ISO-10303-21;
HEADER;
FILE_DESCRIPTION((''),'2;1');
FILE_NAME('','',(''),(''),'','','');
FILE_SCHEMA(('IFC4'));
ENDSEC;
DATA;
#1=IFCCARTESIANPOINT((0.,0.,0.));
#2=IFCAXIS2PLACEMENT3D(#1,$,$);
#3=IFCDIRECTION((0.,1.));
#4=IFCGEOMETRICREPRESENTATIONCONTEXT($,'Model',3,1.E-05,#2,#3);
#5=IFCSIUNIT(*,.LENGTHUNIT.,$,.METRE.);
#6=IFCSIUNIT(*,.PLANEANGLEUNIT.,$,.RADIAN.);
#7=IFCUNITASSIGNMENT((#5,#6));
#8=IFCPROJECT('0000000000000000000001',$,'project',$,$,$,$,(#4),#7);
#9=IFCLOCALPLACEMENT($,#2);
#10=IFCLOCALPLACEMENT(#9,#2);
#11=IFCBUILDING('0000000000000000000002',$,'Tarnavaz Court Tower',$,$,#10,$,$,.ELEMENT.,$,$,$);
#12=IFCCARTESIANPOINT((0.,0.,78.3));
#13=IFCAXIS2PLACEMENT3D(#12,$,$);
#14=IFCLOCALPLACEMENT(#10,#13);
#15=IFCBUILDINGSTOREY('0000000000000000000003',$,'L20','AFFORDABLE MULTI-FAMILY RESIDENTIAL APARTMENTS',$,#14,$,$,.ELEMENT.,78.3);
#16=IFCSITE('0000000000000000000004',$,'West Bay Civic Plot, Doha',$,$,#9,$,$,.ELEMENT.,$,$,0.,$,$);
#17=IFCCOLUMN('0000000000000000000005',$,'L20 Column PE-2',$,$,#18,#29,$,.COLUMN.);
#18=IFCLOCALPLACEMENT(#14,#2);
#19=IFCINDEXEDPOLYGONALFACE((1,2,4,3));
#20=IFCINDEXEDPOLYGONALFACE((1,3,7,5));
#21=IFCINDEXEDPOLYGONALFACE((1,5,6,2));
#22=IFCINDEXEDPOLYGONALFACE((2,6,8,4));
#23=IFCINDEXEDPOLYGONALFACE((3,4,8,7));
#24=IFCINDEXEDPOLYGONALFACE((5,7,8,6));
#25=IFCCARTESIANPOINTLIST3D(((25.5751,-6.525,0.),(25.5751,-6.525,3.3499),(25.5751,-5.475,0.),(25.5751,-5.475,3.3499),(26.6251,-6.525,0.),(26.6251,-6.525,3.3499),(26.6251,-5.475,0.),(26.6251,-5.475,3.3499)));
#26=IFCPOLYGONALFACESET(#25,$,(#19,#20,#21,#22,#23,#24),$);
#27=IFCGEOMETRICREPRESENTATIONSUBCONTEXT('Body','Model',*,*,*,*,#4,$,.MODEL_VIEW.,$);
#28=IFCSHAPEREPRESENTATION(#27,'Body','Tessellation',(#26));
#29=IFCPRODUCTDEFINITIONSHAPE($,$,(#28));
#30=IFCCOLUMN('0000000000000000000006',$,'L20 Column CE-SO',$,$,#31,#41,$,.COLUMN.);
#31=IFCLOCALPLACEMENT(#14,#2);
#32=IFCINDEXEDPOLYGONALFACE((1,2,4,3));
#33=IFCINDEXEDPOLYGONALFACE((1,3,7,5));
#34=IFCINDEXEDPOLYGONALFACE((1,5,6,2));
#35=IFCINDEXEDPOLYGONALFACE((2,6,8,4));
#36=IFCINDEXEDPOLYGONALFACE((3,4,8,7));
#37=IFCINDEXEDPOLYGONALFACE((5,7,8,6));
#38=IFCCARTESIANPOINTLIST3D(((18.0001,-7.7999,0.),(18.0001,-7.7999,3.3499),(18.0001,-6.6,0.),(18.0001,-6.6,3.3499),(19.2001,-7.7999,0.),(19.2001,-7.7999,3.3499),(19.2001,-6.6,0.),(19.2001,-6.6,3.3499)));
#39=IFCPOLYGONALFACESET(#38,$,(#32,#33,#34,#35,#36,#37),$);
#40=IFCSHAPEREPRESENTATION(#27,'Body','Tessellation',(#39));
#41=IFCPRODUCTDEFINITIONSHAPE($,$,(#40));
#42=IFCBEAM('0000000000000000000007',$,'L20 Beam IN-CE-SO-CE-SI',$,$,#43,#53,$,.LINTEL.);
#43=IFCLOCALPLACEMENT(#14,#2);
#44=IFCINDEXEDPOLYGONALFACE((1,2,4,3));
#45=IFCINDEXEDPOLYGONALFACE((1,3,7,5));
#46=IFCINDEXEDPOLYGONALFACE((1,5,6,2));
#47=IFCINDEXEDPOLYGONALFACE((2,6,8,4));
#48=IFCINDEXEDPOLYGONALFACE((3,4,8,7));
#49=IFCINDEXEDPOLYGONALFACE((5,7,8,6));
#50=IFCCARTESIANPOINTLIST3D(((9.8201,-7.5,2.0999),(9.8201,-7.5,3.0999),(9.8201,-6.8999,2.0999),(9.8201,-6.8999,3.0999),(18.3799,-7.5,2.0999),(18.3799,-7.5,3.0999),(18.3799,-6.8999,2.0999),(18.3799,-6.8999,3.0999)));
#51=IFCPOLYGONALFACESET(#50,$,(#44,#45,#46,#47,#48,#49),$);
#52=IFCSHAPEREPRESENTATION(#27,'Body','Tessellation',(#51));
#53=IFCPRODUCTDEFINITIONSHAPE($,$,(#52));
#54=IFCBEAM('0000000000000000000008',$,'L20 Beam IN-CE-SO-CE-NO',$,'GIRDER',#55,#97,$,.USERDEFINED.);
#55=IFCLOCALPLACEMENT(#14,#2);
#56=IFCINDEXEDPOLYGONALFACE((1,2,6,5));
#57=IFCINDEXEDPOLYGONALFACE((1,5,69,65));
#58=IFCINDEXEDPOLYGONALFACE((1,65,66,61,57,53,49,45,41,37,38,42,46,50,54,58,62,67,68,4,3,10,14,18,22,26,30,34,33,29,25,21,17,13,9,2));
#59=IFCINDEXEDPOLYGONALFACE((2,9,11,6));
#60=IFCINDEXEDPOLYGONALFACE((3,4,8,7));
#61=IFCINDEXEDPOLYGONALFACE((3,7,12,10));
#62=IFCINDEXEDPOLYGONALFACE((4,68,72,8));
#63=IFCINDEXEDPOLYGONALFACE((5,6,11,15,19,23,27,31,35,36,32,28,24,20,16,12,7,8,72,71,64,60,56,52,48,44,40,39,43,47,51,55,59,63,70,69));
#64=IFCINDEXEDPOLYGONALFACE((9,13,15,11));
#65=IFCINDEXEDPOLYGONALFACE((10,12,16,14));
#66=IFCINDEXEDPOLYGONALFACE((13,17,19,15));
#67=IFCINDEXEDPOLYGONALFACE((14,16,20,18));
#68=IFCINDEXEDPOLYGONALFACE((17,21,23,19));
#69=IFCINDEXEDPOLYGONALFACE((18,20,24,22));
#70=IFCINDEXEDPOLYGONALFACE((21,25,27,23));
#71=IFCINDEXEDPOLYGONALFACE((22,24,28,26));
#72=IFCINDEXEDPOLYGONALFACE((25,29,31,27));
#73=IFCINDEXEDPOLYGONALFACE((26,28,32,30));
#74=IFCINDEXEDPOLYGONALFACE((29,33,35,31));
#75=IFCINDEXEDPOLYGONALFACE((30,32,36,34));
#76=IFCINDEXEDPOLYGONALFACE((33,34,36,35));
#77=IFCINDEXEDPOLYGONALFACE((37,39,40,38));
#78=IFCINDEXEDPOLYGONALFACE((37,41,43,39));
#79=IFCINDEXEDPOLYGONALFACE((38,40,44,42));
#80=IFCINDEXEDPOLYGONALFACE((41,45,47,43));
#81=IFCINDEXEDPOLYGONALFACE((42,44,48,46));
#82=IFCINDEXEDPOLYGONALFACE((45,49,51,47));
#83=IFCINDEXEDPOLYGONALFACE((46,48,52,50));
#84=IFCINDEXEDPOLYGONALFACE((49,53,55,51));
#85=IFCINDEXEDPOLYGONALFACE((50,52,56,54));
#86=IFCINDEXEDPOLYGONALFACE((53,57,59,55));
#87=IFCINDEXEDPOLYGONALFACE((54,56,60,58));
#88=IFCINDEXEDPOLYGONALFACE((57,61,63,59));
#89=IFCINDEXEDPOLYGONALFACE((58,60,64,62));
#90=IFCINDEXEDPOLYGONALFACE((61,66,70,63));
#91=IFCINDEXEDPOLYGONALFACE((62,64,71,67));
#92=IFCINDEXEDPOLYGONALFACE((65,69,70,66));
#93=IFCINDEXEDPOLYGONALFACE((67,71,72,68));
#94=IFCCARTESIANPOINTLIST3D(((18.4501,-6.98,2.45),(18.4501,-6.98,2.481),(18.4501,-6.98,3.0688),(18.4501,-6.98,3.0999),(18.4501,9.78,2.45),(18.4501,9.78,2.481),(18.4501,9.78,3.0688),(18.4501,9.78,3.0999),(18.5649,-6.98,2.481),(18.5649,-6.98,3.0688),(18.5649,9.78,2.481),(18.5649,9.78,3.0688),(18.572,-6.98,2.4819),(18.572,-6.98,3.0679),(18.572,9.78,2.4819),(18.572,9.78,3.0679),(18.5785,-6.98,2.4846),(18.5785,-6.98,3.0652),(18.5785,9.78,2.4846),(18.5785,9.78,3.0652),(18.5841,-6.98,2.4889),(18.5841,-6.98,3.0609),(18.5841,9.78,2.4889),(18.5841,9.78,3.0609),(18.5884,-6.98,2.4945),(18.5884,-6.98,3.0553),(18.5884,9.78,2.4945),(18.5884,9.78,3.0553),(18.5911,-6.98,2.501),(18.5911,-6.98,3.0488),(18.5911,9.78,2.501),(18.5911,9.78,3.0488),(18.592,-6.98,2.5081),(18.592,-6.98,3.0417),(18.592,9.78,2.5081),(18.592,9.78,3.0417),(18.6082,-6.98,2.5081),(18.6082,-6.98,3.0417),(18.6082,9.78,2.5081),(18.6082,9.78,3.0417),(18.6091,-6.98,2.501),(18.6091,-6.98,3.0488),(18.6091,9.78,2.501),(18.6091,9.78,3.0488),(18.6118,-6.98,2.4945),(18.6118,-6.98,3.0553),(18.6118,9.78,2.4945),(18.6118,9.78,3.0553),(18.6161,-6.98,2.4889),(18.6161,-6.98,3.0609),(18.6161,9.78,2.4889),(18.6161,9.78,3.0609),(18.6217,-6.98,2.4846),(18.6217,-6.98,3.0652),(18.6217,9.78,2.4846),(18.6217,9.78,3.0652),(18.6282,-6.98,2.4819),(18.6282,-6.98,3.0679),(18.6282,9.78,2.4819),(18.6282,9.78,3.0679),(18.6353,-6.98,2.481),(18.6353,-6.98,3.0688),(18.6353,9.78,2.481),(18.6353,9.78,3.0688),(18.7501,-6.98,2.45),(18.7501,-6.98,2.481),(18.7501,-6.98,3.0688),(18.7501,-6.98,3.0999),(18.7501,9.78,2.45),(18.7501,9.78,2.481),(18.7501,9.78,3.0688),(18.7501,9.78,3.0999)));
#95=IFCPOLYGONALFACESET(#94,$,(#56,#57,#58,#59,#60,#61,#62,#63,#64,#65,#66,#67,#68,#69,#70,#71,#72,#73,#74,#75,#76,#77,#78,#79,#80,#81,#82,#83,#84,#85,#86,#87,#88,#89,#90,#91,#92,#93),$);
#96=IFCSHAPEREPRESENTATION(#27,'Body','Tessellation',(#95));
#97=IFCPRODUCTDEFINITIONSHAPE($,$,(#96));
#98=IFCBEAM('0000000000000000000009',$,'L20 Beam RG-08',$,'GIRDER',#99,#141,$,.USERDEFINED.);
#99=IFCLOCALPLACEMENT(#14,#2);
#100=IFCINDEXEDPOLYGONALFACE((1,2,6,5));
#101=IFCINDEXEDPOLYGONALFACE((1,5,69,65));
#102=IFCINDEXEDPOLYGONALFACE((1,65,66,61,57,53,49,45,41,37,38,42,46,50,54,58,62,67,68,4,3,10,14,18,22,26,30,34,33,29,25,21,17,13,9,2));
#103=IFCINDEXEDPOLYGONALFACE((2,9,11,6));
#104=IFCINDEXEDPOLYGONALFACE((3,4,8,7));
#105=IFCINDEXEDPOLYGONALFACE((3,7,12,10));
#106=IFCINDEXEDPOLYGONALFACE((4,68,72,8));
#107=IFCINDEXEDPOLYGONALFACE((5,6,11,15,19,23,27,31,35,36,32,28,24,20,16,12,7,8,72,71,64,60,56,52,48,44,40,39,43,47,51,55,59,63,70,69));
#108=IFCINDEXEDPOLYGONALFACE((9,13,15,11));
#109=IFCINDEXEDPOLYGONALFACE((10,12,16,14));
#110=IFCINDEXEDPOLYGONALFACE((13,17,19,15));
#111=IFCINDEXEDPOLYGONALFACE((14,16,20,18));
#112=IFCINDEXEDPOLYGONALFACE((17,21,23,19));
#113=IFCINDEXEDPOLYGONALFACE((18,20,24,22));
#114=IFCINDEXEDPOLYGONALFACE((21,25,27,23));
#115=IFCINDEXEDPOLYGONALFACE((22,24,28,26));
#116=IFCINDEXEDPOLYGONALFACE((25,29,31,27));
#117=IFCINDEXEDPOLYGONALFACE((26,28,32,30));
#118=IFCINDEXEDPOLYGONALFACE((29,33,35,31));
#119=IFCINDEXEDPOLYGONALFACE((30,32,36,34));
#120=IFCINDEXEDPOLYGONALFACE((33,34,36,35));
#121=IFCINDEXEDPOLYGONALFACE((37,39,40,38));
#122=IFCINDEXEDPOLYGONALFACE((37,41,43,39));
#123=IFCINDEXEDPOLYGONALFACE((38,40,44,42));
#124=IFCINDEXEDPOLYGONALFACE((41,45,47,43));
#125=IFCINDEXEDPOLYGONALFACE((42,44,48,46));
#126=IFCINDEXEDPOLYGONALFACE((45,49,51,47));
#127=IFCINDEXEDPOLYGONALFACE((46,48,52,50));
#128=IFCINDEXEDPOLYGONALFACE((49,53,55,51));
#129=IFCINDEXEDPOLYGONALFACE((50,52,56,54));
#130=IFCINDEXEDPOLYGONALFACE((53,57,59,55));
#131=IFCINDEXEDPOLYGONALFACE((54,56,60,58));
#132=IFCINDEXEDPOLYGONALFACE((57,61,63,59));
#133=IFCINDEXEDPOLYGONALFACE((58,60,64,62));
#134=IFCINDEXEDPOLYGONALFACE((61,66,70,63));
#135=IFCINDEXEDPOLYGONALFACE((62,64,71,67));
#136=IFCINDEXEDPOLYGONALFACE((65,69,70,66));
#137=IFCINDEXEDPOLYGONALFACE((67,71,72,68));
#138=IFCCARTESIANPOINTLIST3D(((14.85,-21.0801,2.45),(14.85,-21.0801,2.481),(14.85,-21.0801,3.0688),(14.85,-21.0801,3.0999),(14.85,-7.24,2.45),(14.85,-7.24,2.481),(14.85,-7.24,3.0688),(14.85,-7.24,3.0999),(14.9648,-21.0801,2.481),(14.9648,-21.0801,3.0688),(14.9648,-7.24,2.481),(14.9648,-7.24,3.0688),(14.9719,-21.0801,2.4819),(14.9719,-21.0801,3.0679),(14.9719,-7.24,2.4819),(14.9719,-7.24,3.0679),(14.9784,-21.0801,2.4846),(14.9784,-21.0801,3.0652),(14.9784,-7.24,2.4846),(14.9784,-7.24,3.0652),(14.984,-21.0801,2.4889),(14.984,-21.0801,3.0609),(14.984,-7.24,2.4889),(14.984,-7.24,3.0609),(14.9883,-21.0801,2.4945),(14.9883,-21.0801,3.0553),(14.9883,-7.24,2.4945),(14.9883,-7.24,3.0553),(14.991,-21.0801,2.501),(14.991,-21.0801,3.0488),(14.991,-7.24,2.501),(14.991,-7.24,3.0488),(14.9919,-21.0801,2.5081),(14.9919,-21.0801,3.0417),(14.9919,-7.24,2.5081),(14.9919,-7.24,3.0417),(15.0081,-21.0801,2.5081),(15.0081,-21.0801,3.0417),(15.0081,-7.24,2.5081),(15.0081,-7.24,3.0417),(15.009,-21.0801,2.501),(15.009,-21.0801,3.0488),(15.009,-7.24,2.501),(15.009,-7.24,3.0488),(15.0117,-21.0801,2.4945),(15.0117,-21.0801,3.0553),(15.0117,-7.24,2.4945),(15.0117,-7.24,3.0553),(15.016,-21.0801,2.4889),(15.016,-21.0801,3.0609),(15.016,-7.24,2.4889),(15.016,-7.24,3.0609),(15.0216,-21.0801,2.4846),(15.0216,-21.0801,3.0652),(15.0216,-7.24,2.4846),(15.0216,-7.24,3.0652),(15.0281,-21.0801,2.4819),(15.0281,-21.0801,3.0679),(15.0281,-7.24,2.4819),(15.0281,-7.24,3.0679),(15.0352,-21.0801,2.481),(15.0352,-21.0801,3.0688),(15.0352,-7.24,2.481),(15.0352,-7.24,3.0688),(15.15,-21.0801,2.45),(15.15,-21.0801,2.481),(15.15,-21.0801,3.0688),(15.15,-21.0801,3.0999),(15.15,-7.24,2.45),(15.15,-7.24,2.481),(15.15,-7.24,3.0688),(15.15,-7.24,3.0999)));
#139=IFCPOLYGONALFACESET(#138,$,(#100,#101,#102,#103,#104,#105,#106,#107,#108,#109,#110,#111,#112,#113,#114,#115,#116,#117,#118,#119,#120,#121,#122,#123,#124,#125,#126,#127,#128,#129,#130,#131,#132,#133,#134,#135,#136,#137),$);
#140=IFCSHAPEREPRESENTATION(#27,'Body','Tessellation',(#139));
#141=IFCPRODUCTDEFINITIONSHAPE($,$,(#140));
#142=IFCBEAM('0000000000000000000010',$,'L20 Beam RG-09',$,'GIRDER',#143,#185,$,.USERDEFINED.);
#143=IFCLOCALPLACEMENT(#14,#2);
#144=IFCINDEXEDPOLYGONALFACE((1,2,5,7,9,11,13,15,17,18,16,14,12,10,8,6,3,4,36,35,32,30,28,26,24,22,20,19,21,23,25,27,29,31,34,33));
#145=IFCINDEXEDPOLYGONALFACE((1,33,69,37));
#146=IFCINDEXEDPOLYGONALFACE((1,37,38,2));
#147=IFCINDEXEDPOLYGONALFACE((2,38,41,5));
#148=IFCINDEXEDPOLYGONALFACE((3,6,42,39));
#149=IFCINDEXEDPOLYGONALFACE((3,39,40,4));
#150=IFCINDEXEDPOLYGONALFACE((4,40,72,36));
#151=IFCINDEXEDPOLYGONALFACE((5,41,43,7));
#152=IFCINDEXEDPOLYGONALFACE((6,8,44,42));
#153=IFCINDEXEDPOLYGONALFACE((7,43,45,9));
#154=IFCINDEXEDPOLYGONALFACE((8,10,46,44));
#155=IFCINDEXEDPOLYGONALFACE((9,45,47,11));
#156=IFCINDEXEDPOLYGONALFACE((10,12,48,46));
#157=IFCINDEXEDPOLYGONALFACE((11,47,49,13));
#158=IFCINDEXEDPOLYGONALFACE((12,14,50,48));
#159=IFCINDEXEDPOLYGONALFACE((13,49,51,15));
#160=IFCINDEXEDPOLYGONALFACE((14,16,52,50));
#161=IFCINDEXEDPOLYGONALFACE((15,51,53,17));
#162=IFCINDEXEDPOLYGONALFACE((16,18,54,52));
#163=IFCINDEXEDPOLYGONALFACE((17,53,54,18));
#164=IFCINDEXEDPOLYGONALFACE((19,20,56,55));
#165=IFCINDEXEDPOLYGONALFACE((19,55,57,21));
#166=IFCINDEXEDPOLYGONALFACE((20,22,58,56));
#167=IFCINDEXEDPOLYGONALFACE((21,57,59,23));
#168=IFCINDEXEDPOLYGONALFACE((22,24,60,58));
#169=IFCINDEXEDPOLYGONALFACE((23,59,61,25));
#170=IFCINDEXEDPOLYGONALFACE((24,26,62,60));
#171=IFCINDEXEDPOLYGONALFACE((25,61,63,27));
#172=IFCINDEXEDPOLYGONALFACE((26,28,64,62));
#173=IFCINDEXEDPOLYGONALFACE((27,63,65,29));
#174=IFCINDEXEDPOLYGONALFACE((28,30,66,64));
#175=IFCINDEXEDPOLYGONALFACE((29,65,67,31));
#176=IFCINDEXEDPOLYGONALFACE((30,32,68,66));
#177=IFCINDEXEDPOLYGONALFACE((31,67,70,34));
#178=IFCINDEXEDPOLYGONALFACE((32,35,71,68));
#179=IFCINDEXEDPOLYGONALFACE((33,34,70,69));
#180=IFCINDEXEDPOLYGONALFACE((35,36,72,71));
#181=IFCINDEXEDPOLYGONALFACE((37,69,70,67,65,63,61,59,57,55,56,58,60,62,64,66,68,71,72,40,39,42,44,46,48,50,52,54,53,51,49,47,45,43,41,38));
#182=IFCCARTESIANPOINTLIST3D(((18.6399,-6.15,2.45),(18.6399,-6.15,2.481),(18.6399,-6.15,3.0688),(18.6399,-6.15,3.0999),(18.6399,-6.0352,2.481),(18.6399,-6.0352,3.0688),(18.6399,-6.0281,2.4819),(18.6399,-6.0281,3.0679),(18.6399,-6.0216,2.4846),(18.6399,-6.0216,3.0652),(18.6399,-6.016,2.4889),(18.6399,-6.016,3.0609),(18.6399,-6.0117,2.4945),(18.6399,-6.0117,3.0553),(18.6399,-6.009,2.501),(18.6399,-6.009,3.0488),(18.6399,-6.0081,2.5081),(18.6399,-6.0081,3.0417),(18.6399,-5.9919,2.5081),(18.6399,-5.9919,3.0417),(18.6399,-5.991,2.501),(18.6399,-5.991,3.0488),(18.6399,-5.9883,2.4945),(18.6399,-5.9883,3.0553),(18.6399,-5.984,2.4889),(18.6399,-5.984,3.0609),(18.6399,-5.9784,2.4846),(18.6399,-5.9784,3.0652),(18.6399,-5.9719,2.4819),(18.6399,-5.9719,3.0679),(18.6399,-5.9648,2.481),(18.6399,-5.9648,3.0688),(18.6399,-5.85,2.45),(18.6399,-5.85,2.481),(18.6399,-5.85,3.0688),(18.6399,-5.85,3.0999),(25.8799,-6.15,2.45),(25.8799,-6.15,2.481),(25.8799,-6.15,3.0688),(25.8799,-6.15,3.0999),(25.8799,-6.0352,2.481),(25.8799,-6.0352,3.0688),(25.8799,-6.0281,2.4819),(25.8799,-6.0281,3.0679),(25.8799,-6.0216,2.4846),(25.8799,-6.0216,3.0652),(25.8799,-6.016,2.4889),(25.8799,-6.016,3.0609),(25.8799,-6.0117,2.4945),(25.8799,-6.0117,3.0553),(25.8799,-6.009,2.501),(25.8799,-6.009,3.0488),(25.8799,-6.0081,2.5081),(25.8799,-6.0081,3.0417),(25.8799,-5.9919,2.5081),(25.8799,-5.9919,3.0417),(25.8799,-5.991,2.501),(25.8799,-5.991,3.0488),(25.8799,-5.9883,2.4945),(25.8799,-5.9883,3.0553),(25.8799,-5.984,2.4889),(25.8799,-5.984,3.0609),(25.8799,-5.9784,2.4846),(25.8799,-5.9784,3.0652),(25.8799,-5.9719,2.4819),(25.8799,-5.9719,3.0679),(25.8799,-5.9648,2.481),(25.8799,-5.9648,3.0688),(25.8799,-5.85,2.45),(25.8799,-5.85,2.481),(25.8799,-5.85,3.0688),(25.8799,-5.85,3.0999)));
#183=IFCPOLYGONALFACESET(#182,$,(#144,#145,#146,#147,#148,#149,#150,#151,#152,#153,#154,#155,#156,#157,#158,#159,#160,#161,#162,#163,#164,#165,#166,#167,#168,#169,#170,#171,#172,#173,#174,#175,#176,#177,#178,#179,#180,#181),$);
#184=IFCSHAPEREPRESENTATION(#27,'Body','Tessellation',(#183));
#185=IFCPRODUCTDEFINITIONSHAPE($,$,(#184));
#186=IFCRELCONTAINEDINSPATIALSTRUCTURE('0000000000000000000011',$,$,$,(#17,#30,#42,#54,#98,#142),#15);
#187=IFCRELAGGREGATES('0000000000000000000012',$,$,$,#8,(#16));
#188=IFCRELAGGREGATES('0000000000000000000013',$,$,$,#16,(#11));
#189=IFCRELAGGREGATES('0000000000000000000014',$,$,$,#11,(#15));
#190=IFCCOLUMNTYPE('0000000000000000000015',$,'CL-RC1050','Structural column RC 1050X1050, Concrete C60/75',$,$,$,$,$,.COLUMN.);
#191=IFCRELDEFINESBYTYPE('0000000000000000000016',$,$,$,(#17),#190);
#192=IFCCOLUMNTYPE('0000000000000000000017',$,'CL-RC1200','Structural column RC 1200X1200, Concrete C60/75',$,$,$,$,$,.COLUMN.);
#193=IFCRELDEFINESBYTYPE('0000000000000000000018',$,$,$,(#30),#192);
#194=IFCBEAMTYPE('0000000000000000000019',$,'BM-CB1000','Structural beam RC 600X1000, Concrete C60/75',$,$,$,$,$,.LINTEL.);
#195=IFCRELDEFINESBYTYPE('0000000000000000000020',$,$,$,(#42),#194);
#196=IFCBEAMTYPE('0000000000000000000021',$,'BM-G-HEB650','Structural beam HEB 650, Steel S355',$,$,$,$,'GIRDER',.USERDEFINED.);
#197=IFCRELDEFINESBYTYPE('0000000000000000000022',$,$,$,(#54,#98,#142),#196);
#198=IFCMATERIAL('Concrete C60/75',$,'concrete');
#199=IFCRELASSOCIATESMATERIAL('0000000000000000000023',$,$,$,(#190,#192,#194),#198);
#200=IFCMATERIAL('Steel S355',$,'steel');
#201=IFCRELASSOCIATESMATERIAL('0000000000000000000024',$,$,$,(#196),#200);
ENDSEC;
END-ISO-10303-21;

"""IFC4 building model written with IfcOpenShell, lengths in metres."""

from ifc_helpers import new_model, si_unit, direction, frame, origin, origin_2d, place, context, subcontext, project, spatial, rectangle, i_section, extrude, material, material_profile, profile_set, type_object, element, save


model = new_model("IFC4")

# Units and contexts
model_context = context("Model", 3, precision=1e-05, world=origin(), true_north=direction((0.0, 1.0)))
body_context = subcontext(model_context, "Body", "Model", "MODEL_VIEW")
ifc_project = project(units=[si_unit("LENGTHUNIT", "METRE"), si_unit("PLANEANGLEUNIT", "RADIAN")], contexts=[model_context])

# Site, building, storey
site_placement = place(None, origin())
site = spatial("IfcSite", under=ifc_project, at=site_placement, Name="West Bay Civic Plot, Doha", CompositionType="ELEMENT", RefElevation=0.0)
building_placement = place(site_placement, origin())
building = spatial("IfcBuilding", under=site, at=building_placement, Name="Tarnavaz Court Tower", CompositionType="ELEMENT")
storey_placement = place(building_placement, frame((0.0, 0.0, 78.3)))
storey = spatial("IfcBuildingStorey", under=building, at=storey_placement, Name="L20", Description="AFFORDABLE MULTI-FAMILY RESIDENTIAL APARTMENTS", CompositionType="ELEMENT", Elevation=78.3)

# Columns
ifc_material_1 = material(Name="Concrete C60/75", Category="concrete")
ifc_material_profile_1 = material_profile(ifc_material_1, rectangle(XDim=1.05, YDim=1.05, at=origin_2d()), Name="RC 1050X1050")
ifc_profile_set_1 = profile_set([ifc_material_profile_1], Name="Concrete C60/75")
column_type_1 = type_object("IfcColumnType", Name="CL-RC1050", Description="Structural column RC 1050X1050, Concrete C60/75", PredefinedType="COLUMN", material=ifc_profile_set_1)
column_1_placement = place(storey_placement, frame((26.1001, -6.0, 0.0), z_axis=(0.0, 0.0, 1.0), x_axis=(1.0, 0.0, 0.0)))
element("IfcColumn", 1, at=column_1_placement, inside=storey, type_object=column_type_1, Name="L20 Column PE-2", PredefinedType="COLUMN", context=body_context, shape_type="SweptSolid", body=[
    extrude(rectangle(XDim=1.05, YDim=1.05, at=origin_2d()), origin(), (0.0, 0.0, 1.0), 3.3499),
])
ifc_material_profile_2 = material_profile(ifc_material_1, rectangle(XDim=1.2, YDim=1.2, at=origin_2d()), Name="RC 1200X1200")
ifc_profile_set_2 = profile_set([ifc_material_profile_2], Name="Concrete C60/75")
column_type_2 = type_object("IfcColumnType", Name="CL-RC1200", Description="Structural column RC 1200X1200, Concrete C60/75", PredefinedType="COLUMN", material=ifc_profile_set_2)
column_2_placement = place(storey_placement, frame((18.6001, -7.2, 0.0), z_axis=(0.0, 0.0, 1.0), x_axis=(1.0, 0.0, 0.0)))
element("IfcColumn", 2, at=column_2_placement, inside=storey, type_object=column_type_2, Name="L20 Column CE-SO", PredefinedType="COLUMN", context=body_context, shape_type="SweptSolid", body=[
    extrude(rectangle(XDim=1.2, YDim=1.2, at=origin_2d()), origin(), (0.0, 0.0, 1.0), 3.3499),
])

# Beams
ifc_material_profile_3 = material_profile(ifc_material_1, rectangle(XDim=0.6001, YDim=1.0, at=origin_2d()), Name="RC 600X1000")
ifc_profile_set_3 = profile_set([ifc_material_profile_3], Name="Concrete C60/75")
beam_type_1 = type_object("IfcBeamType", Name="BM-CB1000", Description="Structural beam RC 600X1000, Concrete C60/75", PredefinedType="LINTEL", material=ifc_profile_set_3)
beam_1_placement = place(storey_placement, frame((18.3799, -7.2, 2.5999), z_axis=(-1.0, 0.0, 0.0), x_axis=(0.0, -1.0, 0.0)))
element("IfcBeam", 3, at=beam_1_placement, inside=storey, type_object=beam_type_1, Name="L20 Beam IN-CE-SO-CE-SI", PredefinedType="LINTEL", context=body_context, shape_type="SweptSolid", body=[
    extrude(rectangle(XDim=0.6001, YDim=1.0, at=origin_2d()), origin(), (0.0, 0.0, 1.0), 8.5598),
])
ifc_material_2 = material(Name="Steel S355", Category="steel")
ifc_material_profile_4 = material_profile(ifc_material_2, i_section(OverallWidth=0.3, OverallDepth=0.6499, WebThickness=0.0161, FlangeThickness=0.031, FilletRadius=0.0271, at=origin_2d()), Name="HEB 650")
ifc_profile_set_4 = profile_set([ifc_material_profile_4], Name="Steel S355")
beam_type_2 = type_object("IfcBeamType", Name="BM-G-HEB650", Description="Structural beam HEB 650, Steel S355", ElementType="GIRDER", PredefinedType="USERDEFINED", material=ifc_profile_set_4)
beam_2_placement = place(storey_placement, frame((18.6001, -6.98, 2.7749), z_axis=(0.0, 1.0, 0.0), x_axis=(-1.0, 0.0, 0.0)))
element("IfcBeam", 4, at=beam_2_placement, inside=storey, type_object=beam_type_2, Name="L20 Beam IN-CE-SO-CE-NO", ObjectType="GIRDER", PredefinedType="USERDEFINED", context=body_context, shape_type="SweptSolid", body=[
    extrude(i_section(OverallWidth=0.3, OverallDepth=0.6499, WebThickness=0.0161, FlangeThickness=0.031, FilletRadius=0.0271, at=origin_2d()), origin(), (0.0, 0.0, 1.0), 16.76),
])
beam_3_placement = place(storey_placement, frame((15.0, -7.24, 2.7749), z_axis=(0.0, -1.0, 0.0), x_axis=(1.0, 0.0, 0.0)))
element("IfcBeam", 5, at=beam_3_placement, inside=storey, type_object=beam_type_2, Name="L20 Beam RG-08", ObjectType="GIRDER", PredefinedType="USERDEFINED", context=body_context, shape_type="SweptSolid", body=[
    extrude(i_section(OverallWidth=0.3, OverallDepth=0.6499, WebThickness=0.0161, FlangeThickness=0.031, FilletRadius=0.0271, at=origin_2d()), origin(), (0.0, 0.0, 1.0), 13.8401),
])
beam_4_placement = place(storey_placement, frame((18.6399, -6.0, 2.7749), z_axis=(1.0, 0.0, 0.0), x_axis=(0.0, 1.0, 0.0)))
element("IfcBeam", 6, at=beam_4_placement, inside=storey, type_object=beam_type_2, Name="L20 Beam RG-09", ObjectType="GIRDER", PredefinedType="USERDEFINED", context=body_context, shape_type="SweptSolid", body=[
    extrude(i_section(OverallWidth=0.3, OverallDepth=0.6499, WebThickness=0.0161, FlangeThickness=0.031, FilletRadius=0.0271, at=origin_2d()), origin(), (0.0, 0.0, 1.0), 7.24),
])

save(model, "model.ifc")
